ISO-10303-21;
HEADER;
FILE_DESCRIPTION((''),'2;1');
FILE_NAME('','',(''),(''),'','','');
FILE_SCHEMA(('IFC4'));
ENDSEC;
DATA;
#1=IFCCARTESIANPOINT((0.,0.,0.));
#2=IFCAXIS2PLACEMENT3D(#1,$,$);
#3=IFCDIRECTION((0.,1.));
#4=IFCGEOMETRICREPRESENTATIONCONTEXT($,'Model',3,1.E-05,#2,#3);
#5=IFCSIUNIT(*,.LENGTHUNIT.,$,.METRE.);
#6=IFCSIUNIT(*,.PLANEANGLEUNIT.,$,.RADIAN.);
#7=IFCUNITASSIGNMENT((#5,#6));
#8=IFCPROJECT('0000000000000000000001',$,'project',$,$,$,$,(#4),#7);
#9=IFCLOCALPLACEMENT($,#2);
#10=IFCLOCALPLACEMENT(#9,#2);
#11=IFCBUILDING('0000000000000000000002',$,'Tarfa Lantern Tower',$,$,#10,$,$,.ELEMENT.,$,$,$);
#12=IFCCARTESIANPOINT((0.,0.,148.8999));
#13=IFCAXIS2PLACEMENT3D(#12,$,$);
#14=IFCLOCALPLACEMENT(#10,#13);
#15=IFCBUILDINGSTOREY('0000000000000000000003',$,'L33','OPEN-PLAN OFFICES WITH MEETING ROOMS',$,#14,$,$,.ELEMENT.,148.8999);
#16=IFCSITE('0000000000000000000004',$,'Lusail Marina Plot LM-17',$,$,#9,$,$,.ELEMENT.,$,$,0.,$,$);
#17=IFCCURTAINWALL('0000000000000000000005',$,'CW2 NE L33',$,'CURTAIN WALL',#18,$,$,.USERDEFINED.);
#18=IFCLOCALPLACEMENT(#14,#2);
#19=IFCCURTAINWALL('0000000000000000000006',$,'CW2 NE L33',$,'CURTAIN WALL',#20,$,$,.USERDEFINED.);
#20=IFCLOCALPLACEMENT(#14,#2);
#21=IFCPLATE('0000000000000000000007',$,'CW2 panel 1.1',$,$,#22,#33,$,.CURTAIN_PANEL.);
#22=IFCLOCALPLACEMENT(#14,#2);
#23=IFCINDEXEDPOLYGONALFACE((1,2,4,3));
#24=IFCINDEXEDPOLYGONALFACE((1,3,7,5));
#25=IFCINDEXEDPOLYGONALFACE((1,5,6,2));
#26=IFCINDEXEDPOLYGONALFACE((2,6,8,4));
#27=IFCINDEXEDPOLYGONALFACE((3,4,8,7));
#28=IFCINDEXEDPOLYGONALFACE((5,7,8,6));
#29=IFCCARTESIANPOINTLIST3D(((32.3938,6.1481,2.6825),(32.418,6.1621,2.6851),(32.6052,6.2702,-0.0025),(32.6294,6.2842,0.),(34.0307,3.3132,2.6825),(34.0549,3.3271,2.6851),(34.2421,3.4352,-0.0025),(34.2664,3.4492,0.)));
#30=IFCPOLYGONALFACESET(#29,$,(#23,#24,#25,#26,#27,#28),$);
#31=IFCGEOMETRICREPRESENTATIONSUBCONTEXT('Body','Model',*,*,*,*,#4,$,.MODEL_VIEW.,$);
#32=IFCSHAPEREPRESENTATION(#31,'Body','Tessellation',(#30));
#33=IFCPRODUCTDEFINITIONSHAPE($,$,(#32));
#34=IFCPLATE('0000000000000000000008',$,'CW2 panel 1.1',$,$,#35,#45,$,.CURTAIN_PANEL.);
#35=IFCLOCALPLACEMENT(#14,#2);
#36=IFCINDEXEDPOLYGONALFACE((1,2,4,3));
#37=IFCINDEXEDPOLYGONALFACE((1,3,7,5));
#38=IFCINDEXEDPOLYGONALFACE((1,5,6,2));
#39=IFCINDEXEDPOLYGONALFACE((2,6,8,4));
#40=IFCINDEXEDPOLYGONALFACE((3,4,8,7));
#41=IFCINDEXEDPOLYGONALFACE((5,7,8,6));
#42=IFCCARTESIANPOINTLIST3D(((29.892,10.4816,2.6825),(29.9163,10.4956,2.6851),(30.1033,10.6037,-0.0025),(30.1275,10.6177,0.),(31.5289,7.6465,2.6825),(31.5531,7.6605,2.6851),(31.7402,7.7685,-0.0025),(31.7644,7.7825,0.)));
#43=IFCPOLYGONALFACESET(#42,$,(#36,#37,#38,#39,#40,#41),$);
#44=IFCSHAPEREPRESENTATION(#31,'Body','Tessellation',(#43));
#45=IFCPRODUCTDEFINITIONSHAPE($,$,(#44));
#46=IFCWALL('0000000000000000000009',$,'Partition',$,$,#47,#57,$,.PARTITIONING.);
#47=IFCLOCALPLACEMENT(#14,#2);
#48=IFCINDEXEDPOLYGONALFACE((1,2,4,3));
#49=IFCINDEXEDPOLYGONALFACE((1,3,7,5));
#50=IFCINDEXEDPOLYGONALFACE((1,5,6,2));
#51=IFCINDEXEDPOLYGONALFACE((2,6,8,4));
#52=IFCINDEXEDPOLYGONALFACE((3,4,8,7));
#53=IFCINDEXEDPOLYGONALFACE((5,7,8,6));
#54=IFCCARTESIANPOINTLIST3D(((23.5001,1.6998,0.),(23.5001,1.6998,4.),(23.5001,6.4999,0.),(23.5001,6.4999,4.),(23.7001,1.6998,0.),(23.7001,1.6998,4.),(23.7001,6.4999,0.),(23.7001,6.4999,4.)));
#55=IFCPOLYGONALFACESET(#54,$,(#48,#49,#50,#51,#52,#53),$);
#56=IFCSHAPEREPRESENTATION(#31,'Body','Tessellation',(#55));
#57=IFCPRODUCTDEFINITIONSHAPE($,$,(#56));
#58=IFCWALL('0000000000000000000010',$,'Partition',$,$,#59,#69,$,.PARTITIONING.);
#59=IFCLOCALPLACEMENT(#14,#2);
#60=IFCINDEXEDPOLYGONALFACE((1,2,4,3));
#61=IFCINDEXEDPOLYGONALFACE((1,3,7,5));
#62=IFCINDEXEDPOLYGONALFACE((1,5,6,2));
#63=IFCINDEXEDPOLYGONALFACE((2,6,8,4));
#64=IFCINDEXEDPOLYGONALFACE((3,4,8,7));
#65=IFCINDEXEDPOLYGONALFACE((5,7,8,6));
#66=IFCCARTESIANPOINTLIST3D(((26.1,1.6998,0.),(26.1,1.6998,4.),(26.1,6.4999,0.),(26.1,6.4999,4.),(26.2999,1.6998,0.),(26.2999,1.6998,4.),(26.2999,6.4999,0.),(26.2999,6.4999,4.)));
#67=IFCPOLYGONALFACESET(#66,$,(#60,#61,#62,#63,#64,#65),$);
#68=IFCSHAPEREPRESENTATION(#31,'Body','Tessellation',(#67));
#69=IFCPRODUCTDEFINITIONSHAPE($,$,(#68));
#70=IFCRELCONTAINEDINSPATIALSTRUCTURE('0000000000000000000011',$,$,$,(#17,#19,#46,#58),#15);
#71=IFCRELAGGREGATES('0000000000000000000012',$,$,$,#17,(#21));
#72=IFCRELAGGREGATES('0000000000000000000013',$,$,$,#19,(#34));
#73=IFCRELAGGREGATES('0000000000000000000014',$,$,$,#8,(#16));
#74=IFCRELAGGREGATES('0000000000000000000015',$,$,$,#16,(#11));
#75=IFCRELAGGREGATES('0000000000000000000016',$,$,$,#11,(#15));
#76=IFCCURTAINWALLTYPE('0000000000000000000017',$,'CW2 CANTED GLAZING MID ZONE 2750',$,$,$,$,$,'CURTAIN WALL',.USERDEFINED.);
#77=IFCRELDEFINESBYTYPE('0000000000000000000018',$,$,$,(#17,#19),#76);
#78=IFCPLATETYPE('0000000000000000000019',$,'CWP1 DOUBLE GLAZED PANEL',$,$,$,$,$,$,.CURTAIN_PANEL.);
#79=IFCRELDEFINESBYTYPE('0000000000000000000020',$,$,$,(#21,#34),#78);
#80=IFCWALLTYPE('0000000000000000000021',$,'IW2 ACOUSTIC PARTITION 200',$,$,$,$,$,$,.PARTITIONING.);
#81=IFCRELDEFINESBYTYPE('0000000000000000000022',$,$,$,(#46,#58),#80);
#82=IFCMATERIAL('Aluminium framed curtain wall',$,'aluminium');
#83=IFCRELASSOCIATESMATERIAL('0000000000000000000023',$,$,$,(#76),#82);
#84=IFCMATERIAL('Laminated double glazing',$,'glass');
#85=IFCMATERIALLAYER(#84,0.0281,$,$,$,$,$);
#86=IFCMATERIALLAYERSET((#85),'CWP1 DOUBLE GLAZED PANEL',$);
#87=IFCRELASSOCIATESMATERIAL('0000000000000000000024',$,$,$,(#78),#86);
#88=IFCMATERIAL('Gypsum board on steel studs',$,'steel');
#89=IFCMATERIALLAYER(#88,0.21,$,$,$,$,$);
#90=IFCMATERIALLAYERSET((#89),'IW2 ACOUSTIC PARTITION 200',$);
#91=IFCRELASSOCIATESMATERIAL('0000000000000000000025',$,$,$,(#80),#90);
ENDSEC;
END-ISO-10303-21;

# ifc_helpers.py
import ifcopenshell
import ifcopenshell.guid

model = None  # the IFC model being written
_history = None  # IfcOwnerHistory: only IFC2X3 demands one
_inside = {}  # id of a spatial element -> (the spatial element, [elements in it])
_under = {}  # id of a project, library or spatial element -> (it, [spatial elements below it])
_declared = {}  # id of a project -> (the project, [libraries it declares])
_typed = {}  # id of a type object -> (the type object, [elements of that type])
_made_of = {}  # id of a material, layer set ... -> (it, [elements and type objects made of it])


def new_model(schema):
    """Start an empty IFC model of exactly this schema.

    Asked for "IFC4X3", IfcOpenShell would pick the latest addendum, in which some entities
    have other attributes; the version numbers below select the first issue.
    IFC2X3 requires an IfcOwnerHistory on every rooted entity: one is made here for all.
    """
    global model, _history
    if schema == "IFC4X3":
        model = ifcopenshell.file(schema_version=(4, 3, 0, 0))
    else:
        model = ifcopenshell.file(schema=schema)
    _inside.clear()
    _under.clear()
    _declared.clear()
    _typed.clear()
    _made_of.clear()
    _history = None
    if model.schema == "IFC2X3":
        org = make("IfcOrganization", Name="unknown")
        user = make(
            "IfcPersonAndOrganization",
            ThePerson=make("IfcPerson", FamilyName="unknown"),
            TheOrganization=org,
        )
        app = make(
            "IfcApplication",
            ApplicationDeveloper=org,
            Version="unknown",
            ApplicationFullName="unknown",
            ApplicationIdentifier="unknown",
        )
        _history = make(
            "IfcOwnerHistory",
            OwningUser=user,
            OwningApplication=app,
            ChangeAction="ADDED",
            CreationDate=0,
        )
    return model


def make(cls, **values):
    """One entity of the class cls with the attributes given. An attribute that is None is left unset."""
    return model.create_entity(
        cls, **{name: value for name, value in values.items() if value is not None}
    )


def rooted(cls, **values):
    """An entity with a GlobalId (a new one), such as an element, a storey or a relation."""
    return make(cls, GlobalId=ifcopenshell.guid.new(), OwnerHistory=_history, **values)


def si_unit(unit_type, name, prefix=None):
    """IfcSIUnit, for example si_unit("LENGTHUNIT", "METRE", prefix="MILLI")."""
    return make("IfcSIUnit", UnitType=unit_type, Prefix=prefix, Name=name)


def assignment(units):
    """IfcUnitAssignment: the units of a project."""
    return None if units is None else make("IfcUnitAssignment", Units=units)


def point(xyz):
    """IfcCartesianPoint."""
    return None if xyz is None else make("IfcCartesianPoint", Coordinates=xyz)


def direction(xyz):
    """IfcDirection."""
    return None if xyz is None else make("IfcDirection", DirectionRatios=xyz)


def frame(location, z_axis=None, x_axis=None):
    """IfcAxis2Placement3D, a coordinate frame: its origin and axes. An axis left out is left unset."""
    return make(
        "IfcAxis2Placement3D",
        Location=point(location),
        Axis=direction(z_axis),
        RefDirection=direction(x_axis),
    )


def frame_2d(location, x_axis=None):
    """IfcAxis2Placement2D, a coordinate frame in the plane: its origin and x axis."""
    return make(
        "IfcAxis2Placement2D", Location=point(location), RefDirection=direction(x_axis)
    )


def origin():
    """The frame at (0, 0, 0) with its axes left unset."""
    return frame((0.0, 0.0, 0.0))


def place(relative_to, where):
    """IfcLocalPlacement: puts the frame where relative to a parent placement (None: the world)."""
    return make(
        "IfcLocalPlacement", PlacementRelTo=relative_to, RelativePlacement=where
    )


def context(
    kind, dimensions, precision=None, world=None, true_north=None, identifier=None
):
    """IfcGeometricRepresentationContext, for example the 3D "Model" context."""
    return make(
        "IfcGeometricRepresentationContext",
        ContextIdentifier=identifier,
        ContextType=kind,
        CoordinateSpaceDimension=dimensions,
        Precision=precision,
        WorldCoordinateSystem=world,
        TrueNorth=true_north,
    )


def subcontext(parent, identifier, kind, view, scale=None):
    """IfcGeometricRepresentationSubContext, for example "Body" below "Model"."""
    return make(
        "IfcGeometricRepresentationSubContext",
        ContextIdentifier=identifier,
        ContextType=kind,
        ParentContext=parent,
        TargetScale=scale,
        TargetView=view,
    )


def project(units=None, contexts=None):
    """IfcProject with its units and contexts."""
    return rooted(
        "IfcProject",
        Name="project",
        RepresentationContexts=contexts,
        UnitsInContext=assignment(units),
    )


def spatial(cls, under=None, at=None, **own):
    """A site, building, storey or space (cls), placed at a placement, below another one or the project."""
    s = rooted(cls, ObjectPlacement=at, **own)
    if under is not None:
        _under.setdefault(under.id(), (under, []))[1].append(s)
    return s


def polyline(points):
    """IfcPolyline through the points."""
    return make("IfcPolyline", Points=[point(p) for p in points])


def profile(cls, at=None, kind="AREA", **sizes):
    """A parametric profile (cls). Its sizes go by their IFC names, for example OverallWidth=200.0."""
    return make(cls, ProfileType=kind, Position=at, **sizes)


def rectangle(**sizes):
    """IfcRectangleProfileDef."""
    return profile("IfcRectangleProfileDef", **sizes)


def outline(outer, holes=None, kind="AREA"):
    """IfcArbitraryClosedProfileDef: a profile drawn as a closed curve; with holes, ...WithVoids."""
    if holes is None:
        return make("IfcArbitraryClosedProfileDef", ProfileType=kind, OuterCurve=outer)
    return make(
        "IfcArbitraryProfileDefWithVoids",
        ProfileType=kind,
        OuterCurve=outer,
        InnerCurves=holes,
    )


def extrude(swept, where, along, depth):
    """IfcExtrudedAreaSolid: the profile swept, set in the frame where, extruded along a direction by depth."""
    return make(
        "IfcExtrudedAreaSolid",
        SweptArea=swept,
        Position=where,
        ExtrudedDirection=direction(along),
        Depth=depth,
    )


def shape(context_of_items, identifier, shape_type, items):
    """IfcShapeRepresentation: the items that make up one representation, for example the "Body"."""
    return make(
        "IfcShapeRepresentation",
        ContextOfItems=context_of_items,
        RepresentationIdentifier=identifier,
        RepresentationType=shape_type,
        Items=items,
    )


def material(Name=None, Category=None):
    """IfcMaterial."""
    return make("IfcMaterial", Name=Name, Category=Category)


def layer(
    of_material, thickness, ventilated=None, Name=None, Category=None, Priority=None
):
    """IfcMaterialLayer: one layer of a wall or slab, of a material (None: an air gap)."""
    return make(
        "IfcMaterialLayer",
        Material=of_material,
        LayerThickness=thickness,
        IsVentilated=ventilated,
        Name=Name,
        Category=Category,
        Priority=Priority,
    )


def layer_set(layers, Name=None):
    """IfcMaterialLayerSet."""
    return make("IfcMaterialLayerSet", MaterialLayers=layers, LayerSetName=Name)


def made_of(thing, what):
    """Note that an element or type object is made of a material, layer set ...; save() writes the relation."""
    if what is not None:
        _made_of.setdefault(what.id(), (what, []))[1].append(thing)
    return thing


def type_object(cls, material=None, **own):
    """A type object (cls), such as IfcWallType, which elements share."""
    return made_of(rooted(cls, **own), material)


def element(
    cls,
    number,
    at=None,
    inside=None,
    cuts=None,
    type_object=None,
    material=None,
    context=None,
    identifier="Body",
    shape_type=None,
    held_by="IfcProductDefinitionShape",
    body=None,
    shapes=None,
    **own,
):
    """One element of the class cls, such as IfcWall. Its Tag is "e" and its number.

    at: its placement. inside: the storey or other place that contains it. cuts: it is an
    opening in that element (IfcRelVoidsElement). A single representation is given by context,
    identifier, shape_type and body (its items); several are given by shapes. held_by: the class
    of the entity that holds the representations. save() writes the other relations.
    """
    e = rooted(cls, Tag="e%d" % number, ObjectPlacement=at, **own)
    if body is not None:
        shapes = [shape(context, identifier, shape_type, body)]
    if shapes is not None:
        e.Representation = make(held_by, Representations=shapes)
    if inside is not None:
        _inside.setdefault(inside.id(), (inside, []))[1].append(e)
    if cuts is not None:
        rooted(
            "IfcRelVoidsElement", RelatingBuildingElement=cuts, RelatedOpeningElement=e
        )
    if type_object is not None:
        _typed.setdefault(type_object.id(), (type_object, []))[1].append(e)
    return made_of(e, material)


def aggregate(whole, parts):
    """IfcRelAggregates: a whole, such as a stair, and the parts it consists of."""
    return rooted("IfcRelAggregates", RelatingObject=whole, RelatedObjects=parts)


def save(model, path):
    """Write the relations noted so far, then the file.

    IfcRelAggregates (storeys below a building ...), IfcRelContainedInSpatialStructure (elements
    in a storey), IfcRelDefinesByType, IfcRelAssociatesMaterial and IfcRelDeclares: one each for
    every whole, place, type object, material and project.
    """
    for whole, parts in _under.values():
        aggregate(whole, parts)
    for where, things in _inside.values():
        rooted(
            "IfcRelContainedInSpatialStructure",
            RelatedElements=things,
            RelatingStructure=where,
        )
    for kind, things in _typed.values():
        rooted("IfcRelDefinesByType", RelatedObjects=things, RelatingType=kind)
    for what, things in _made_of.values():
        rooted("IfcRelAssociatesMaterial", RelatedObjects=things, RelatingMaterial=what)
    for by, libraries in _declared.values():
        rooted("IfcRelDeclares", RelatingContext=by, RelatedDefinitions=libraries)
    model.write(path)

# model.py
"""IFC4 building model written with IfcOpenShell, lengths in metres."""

from ifc_helpers import new_model, si_unit, direction, frame, frame_2d, origin, place, context, subcontext, project, spatial, polyline, rectangle, outline, extrude, material, layer, layer_set, type_object, element, aggregate, save


model = new_model("IFC4")

# Units and contexts
model_context = context("Model", 3, precision=1e-05, world=origin(), true_north=direction((0.0, 1.0)))
body_context = subcontext(model_context, "Body", "Model", "MODEL_VIEW")
ifc_project = project(units=[si_unit("LENGTHUNIT", "METRE"), si_unit("PLANEANGLEUNIT", "RADIAN")], contexts=[model_context])

# Site, building, storey
site_placement = place(None, origin())
site = spatial("IfcSite", under=ifc_project, at=site_placement, Name="Lusail Marina Plot LM-17", CompositionType="ELEMENT", RefElevation=0.0)
building_placement = place(site_placement, origin())
building = spatial("IfcBuilding", under=site, at=building_placement, Name="Tarfa Lantern Tower", CompositionType="ELEMENT")
storey_placement = place(building_placement, frame((0.0, 0.0, 148.8999)))
storey = spatial("IfcBuildingStorey", under=building, at=storey_placement, Name="L33", Description="OPEN-PLAN OFFICES WITH MEETING ROOMS", CompositionType="ELEMENT", Elevation=148.8999)

# Curtain walls
ifc_material_1 = material(Name="Aluminium framed curtain wall", Category="aluminium")
curtain_wall_type_1 = type_object("IfcCurtainWallType", Name="CW2 CANTED GLAZING MID ZONE 2750", ElementType="CURTAIN WALL", PredefinedType="USERDEFINED", material=ifc_material_1)
curtain_wall_1_placement = place(storey_placement, origin())
curtain_wall_1 = element("IfcCurtainWall", 1, at=curtain_wall_1_placement, inside=storey, type_object=curtain_wall_type_1, Name="CW2 NE L33", ObjectType="CURTAIN WALL", PredefinedType="USERDEFINED")
curtain_wall_2_placement = place(storey_placement, origin())
curtain_wall_2 = element("IfcCurtainWall", 2, at=curtain_wall_2_placement, inside=storey, type_object=curtain_wall_type_1, Name="CW2 NE L33", ObjectType="CURTAIN WALL", PredefinedType="USERDEFINED")

# Plates
ifc_material_2 = material(Name="Laminated double glazing", Category="glass")
ifc_layer_1 = layer(ifc_material_2, 0.0281)
ifc_layer_set_1 = layer_set([ifc_layer_1], Name="CWP1 DOUBLE GLAZED PANEL")
plate_type = type_object("IfcPlateType", Name="CWP1 DOUBLE GLAZED PANEL", PredefinedType="CURTAIN_PANEL", material=ifc_layer_set_1)
plate_1_placement = place(storey_placement, frame((34.2664, 3.4492, 0.0), z_axis=(0.862442, 0.497991, 0.09055), x_axis=(-0.500045, 0.865999, 0.0)))
plate_1 = element("IfcPlate", 3, at=plate_1_placement, type_object=plate_type, Name="CW2 panel 1.1", PredefinedType="CURTAIN_PANEL", context=body_context, shape_type="SweptSolid", body=[
    extrude(outline(polyline([(0.0, 0.0), (3.2736, 0.0), (3.2736, 2.6961), (0.0, 2.6961), (0.0, 0.0)])), origin(), (0.0, 0.0, -1.0), 0.0281),
])
aggregate(curtain_wall_1, [plate_1])
plate_2_placement = place(storey_placement, frame((31.7644, 7.7825, 0.0), z_axis=(0.862479, 0.497933, 0.090511), x_axis=(-0.499985, 0.866034, 0.000003)))
plate_2 = element("IfcPlate", 4, at=plate_2_placement, type_object=plate_type, Name="CW2 panel 1.1", PredefinedType="CURTAIN_PANEL", context=body_context, shape_type="SweptSolid", body=[
    extrude(outline(polyline([(0.0, 0.0), (3.2738, 0.0), (3.2737, 2.6961), (0.0, 2.6961), (0.0, 0.0)])), origin(), (0.0, 0.0, -1.0), 0.0281),
])
aggregate(curtain_wall_2, [plate_2])

# Walls
ifc_material_3 = material(Name="Gypsum board on steel studs", Category="steel")
ifc_layer_2 = layer(ifc_material_3, 0.21)
ifc_layer_set_2 = layer_set([ifc_layer_2], Name="IW2 ACOUSTIC PARTITION 200")
wall_type = type_object("IfcWallType", Name="IW2 ACOUSTIC PARTITION 200", PredefinedType="PARTITIONING", material=ifc_layer_set_2)
for number, where, z_axis, x_axis, name in (
    (5, (23.6001, 1.7, 0.0), (0.0, 0.0, 1.0), (0.0, 1.0, 0.0), "Partition"),
    (6, (26.2, 1.7, 0.0), (0.0, 0.0, 1.0), (0.0, 1.0, 0.0), "Partition"),
):
    element("IfcWall", number, at=place(storey_placement, frame(where, z_axis=z_axis, x_axis=x_axis)), inside=storey, type_object=wall_type, Name=name, PredefinedType="PARTITIONING", context=body_context, shape_type="SweptSolid", body=[
        extrude(rectangle(XDim=4.8, YDim=0.2, at=frame_2d((2.3999, 0.0))), origin(), (0.0, 0.0, 1.0), 4.0),
    ])

save(model, "model.ifc")
